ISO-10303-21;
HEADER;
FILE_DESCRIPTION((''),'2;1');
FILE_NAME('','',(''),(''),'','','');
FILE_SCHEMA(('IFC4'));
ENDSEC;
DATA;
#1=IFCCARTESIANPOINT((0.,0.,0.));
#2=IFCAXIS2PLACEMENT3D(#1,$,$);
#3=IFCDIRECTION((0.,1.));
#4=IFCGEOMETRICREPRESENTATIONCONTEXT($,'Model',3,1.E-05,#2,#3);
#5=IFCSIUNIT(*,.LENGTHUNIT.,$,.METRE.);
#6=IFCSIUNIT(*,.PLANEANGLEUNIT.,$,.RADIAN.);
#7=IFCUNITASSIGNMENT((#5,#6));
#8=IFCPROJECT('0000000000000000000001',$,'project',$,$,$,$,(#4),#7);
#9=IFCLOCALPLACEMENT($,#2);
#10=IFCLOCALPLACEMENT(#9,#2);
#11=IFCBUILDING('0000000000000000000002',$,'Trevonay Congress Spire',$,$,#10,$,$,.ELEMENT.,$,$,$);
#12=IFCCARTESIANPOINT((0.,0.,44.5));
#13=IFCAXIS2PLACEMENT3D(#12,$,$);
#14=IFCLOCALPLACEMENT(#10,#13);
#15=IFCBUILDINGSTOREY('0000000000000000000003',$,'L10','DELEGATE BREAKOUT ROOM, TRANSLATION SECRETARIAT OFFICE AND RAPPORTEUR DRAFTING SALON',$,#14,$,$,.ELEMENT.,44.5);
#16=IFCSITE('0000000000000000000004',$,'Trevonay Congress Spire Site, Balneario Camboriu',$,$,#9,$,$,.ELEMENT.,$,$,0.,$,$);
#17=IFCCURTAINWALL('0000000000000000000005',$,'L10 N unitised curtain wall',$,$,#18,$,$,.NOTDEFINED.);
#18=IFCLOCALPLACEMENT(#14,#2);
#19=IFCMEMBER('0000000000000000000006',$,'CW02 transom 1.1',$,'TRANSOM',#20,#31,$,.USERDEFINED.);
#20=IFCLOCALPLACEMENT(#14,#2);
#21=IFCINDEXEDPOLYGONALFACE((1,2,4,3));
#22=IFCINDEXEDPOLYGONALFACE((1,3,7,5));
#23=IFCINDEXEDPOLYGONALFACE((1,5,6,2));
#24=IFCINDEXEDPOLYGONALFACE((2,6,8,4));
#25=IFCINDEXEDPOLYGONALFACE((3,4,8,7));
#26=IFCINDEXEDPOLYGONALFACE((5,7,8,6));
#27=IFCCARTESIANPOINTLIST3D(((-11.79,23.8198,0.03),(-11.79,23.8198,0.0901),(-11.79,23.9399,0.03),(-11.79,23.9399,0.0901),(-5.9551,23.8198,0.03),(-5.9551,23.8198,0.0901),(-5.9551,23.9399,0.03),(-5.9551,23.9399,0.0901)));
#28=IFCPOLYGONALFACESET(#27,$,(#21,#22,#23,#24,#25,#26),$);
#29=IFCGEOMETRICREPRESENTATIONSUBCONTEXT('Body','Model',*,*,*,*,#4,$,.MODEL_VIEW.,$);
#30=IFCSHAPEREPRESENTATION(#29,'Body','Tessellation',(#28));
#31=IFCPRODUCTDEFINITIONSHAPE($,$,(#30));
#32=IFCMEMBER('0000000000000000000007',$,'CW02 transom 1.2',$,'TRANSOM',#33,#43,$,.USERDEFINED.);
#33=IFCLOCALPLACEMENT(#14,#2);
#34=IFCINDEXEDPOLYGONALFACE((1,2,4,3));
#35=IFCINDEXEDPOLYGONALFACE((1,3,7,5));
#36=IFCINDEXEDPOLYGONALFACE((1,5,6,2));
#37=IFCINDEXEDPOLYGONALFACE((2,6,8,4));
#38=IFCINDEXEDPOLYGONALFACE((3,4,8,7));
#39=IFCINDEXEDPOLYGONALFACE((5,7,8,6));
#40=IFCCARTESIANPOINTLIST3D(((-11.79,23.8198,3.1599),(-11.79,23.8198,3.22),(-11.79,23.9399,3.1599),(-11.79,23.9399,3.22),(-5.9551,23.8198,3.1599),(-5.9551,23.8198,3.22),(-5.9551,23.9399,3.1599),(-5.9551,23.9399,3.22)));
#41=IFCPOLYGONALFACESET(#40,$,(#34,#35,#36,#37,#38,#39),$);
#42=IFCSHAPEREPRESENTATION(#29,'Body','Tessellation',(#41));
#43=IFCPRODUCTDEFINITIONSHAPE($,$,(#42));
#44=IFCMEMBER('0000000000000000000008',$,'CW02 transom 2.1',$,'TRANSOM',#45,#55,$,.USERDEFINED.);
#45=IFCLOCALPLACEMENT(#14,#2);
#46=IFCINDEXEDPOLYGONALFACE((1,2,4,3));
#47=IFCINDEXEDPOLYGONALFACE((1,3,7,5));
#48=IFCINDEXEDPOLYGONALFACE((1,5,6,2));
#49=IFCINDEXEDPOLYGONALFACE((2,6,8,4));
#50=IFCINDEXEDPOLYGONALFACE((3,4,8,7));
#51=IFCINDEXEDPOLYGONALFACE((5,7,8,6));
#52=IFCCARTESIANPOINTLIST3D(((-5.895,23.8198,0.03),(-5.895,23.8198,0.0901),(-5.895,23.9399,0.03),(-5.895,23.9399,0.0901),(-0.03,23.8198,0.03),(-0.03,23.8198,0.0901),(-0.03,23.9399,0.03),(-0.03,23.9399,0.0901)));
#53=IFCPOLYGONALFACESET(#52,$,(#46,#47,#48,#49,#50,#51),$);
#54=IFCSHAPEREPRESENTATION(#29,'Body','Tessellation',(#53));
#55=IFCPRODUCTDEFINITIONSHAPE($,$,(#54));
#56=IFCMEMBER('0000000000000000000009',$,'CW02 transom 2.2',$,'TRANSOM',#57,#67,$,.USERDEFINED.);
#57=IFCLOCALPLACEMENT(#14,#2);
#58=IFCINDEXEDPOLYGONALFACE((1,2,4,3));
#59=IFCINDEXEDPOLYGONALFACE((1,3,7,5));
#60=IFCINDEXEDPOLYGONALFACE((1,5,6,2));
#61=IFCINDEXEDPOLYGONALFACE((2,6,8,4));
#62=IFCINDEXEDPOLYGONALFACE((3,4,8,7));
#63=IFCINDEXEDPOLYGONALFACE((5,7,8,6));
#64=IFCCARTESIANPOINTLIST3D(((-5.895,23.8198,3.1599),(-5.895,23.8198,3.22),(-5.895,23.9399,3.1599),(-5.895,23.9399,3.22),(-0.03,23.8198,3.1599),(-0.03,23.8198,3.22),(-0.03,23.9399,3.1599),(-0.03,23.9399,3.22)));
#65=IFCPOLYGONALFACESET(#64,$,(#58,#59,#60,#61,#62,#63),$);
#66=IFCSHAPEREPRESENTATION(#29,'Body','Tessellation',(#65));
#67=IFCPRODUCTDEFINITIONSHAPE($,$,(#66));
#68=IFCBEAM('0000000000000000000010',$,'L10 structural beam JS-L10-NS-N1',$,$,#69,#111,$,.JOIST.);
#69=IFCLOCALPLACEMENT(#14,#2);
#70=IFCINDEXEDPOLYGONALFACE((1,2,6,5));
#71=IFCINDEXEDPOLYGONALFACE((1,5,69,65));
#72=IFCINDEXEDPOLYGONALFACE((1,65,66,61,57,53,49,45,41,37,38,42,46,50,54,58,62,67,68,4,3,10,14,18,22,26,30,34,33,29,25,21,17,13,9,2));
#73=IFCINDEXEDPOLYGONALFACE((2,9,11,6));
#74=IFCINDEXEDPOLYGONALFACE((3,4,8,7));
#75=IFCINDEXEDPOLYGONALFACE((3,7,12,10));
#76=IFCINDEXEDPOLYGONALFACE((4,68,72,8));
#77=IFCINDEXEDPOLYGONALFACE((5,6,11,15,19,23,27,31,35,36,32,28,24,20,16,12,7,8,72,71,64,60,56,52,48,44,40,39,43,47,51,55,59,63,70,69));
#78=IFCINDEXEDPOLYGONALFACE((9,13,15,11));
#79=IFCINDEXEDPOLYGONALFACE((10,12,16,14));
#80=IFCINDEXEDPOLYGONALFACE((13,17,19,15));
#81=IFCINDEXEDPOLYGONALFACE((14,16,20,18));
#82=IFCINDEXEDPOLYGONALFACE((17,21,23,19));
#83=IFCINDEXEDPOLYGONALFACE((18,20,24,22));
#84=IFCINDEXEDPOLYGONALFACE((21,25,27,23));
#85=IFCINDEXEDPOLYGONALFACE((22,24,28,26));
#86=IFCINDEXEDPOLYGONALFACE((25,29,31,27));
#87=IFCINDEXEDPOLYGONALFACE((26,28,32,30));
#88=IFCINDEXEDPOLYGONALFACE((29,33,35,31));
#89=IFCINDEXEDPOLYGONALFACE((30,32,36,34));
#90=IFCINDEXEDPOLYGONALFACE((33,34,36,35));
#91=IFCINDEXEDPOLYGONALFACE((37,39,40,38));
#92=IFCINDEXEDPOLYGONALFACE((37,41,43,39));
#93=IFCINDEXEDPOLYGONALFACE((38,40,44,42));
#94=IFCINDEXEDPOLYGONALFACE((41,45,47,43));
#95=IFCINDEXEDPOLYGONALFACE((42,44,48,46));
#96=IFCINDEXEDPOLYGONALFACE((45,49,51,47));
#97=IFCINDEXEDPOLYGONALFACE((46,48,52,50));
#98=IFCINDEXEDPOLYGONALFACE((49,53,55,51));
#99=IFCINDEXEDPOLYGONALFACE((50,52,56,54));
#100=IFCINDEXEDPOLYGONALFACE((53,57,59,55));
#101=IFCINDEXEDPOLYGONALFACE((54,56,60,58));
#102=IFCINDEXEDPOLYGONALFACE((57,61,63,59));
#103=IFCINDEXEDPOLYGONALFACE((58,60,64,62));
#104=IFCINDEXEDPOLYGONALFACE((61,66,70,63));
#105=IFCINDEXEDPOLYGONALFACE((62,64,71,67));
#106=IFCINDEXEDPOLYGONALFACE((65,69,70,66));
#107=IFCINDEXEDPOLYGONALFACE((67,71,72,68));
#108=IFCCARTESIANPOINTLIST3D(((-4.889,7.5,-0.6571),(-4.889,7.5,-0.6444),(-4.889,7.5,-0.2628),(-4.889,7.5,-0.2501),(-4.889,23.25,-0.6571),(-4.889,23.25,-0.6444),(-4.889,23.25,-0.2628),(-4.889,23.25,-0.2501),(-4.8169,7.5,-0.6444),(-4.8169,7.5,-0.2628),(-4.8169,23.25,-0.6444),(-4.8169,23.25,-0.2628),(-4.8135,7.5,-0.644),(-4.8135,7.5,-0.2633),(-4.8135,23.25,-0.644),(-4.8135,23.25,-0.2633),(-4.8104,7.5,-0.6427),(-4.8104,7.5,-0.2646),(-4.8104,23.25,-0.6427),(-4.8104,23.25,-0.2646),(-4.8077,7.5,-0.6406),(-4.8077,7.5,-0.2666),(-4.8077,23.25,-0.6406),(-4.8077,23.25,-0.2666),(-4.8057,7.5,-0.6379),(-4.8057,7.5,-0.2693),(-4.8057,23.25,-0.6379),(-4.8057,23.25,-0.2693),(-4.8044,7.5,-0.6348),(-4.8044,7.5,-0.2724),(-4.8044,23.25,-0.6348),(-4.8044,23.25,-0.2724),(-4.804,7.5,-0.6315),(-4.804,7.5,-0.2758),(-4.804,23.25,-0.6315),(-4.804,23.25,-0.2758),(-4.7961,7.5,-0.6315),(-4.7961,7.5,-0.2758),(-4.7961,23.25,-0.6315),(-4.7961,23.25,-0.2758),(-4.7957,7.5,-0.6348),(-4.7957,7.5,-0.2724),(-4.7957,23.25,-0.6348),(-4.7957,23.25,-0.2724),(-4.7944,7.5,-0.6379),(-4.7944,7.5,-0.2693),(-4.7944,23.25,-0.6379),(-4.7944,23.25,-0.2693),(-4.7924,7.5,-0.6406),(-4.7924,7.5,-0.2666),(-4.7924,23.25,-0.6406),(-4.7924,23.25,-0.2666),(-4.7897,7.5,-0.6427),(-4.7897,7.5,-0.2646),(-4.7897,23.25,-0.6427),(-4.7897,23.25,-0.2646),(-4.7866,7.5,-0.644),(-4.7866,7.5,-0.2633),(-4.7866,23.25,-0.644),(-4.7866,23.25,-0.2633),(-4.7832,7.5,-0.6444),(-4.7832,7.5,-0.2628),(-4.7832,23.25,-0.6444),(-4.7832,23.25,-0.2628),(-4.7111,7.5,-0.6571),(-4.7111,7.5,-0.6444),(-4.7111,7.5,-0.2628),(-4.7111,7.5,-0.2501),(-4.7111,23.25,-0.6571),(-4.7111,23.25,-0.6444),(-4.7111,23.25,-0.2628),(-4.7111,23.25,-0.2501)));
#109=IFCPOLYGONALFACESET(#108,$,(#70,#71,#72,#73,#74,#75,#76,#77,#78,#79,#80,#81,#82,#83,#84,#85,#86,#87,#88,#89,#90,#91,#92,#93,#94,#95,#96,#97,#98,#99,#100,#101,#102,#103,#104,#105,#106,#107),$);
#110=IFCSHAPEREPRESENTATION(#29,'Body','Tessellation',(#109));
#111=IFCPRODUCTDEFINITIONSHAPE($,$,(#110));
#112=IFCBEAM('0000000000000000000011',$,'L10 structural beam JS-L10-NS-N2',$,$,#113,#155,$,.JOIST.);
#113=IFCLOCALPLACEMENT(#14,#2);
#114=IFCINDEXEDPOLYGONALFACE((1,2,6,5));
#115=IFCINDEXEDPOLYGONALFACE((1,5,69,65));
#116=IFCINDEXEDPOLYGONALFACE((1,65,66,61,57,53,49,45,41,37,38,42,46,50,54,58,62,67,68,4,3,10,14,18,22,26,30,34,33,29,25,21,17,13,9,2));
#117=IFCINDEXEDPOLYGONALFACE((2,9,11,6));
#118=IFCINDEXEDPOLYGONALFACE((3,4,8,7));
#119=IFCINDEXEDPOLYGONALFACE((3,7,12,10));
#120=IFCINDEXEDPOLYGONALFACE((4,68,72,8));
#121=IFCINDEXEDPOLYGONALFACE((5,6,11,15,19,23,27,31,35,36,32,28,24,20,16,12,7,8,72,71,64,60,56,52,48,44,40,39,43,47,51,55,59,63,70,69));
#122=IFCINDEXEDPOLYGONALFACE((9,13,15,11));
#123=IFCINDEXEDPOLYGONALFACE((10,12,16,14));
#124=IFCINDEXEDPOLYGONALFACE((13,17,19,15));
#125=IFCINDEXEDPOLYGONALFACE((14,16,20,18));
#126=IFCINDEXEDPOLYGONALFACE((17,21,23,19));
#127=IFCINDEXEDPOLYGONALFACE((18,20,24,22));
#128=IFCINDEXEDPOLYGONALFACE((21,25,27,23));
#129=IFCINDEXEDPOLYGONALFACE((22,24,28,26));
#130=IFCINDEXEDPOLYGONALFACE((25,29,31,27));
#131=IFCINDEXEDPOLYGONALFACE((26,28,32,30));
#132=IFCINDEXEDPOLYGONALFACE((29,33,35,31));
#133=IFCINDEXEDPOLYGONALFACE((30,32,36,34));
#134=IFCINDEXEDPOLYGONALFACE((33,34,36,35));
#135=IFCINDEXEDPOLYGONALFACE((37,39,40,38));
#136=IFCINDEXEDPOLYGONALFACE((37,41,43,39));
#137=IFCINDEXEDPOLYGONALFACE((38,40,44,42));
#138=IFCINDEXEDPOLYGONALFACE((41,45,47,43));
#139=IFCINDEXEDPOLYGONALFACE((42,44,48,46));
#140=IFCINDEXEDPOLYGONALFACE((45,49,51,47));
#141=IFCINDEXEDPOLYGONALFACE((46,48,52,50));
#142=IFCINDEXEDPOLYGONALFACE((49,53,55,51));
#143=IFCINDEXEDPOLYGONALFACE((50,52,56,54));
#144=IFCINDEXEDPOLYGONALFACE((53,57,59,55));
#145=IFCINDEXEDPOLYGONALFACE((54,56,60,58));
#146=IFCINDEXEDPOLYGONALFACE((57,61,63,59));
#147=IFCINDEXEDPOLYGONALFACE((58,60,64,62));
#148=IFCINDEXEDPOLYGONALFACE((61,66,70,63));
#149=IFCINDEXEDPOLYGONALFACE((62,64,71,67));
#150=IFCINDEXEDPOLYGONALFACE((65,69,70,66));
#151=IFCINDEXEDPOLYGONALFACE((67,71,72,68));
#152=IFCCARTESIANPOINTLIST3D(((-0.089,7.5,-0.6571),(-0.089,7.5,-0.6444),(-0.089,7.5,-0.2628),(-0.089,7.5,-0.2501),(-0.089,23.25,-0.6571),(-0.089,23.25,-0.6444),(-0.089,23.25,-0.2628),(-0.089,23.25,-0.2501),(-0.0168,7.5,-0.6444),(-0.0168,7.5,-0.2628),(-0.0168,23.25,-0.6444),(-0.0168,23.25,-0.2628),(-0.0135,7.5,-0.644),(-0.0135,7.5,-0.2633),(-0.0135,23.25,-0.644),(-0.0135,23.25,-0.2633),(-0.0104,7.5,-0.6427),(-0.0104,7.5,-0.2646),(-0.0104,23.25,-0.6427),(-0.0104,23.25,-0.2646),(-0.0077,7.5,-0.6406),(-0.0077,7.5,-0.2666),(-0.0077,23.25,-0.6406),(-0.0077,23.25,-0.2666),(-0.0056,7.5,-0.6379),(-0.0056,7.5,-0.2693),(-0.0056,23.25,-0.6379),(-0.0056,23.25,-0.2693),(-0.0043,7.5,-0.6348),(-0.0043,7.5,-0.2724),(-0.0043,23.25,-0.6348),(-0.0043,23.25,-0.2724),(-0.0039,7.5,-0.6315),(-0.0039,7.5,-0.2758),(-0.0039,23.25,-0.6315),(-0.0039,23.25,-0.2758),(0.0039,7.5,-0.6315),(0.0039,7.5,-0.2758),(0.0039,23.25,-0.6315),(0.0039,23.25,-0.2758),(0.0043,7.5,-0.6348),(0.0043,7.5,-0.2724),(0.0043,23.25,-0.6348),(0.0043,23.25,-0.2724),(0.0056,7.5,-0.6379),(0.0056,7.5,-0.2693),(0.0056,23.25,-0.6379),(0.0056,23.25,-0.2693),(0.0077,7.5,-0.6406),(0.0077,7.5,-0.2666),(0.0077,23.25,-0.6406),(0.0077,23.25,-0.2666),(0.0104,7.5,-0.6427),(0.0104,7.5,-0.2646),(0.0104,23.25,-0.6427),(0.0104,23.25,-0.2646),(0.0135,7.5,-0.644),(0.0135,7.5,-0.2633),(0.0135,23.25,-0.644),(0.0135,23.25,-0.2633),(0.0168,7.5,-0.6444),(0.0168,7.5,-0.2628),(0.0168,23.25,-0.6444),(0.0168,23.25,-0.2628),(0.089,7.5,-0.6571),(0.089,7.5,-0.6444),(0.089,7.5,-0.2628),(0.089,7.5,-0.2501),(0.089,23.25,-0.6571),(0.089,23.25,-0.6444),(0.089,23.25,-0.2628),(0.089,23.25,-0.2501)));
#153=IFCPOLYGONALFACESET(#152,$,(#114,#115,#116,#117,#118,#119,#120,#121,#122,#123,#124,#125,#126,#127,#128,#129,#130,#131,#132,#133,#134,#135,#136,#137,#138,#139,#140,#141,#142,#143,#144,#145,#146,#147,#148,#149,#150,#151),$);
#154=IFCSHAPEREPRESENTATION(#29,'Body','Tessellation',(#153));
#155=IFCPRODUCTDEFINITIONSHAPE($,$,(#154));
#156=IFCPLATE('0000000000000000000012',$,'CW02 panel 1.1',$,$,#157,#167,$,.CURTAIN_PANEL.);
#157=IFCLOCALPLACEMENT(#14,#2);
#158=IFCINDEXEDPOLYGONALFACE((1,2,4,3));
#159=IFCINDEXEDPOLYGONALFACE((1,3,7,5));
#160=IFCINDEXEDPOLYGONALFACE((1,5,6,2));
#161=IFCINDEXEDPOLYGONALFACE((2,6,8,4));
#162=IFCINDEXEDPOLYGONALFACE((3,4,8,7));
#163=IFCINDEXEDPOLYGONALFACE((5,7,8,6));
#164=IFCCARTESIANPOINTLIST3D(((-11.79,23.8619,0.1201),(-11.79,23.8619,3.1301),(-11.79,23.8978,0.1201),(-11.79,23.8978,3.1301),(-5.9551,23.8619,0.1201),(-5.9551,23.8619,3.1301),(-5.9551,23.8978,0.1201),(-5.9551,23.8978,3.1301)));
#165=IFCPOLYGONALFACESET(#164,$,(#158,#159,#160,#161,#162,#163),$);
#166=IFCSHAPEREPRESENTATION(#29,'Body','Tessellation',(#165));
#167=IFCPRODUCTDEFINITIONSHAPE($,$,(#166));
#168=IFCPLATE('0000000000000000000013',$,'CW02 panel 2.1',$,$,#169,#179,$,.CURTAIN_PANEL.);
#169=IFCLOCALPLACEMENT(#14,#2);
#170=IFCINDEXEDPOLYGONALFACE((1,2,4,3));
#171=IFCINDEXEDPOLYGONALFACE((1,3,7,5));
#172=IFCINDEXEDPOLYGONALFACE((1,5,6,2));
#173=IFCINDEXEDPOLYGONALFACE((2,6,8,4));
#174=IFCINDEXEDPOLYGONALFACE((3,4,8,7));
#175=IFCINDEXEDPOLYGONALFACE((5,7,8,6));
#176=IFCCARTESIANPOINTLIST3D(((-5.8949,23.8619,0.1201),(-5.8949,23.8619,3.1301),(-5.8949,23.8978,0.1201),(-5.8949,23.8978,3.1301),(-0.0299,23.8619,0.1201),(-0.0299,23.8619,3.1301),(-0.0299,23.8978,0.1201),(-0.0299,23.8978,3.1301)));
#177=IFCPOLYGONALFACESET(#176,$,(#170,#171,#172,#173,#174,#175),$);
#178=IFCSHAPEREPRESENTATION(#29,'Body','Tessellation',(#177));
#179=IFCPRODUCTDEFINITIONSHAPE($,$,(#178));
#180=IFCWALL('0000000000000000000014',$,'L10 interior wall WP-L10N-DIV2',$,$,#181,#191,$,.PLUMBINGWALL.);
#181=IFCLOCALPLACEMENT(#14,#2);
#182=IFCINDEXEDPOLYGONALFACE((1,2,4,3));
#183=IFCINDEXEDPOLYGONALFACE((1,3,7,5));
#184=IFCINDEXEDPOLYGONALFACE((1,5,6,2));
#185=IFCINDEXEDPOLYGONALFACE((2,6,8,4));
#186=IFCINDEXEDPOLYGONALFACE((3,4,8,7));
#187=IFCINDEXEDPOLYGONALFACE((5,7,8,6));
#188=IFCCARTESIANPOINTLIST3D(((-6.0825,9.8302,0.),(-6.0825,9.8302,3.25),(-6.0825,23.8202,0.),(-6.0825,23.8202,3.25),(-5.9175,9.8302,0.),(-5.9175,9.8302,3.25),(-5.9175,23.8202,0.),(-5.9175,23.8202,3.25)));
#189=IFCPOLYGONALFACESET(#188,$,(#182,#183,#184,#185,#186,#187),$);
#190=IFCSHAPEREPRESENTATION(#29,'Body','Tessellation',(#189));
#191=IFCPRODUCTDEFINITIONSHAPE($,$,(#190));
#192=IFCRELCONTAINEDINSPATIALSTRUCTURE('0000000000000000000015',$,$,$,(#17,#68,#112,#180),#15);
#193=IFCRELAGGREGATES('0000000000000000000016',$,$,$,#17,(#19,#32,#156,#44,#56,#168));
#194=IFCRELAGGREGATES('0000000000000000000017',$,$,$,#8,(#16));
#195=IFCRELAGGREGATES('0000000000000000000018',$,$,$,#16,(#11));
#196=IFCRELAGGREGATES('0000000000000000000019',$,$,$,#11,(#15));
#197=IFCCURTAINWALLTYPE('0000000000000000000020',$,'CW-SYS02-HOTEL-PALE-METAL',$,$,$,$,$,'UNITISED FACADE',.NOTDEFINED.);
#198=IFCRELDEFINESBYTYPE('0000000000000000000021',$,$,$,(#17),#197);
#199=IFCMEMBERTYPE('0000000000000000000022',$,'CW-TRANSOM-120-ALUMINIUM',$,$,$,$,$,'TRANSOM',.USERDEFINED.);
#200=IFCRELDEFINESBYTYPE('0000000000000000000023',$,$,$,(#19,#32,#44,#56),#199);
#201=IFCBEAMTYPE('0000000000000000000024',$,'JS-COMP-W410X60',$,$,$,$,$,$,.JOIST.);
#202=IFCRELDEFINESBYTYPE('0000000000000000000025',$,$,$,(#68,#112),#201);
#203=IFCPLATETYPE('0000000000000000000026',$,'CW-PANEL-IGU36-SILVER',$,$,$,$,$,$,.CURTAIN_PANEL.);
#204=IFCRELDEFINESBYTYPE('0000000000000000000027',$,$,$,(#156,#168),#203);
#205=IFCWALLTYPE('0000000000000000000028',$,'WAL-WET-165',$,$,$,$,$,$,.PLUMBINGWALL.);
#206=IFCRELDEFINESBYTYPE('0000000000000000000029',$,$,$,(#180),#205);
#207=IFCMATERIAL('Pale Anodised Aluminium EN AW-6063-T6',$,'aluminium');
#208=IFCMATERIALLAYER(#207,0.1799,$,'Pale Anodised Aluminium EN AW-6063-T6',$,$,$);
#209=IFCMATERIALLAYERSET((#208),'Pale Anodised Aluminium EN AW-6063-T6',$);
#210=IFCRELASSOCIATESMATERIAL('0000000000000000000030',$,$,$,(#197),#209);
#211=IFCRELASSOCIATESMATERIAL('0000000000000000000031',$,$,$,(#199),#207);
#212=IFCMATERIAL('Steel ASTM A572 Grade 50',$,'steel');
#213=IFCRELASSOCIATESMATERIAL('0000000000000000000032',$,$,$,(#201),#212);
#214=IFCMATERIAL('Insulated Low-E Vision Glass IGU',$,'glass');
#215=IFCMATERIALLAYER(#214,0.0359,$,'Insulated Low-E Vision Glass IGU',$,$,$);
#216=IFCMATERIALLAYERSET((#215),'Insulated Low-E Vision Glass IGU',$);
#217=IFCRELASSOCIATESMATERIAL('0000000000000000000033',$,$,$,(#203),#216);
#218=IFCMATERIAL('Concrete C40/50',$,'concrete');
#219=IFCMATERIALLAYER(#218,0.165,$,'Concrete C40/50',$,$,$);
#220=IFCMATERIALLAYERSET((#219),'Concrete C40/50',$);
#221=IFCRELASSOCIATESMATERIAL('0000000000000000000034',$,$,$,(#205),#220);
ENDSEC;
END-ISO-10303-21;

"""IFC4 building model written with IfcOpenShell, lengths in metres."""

from ifc_helpers import new_model, si_unit, direction, frame, frame_2d, origin, origin_2d, place, context, subcontext, project, spatial, rectangle, i_section, extrude, material, layer, layer_set, material_profile, profile_set, type_object, element, aggregate, save


model = new_model("IFC4")

# Units and contexts
model_context = context("Model", 3, precision=1e-05, world=origin(), true_north=direction((0.0, 1.0)))
body_context = subcontext(model_context, "Body", "Model", "MODEL_VIEW")
ifc_project = project(units=[si_unit("LENGTHUNIT", "METRE"), si_unit("PLANEANGLEUNIT", "RADIAN")], contexts=[model_context])

# Site, building, storey
site_placement = place(None, origin())
site = spatial("IfcSite", under=ifc_project, at=site_placement, Name="Trevonay Congress Spire Site, Balneario Camboriu", CompositionType="ELEMENT", RefElevation=0.0)
building_placement = place(site_placement, origin())
building = spatial("IfcBuilding", under=site, at=building_placement, Name="Trevonay Congress Spire", CompositionType="ELEMENT")
storey_placement = place(building_placement, frame((0.0, 0.0, 44.5)))
storey = spatial("IfcBuildingStorey", under=building, at=storey_placement, Name="L10", Description="DELEGATE BREAKOUT ROOM, TRANSLATION SECRETARIAT OFFICE AND RAPPORTEUR DRAFTING SALON", CompositionType="ELEMENT", Elevation=44.5)

# Shared definitions
ifc_material_1 = material(Name="Steel ASTM A572 Grade 50", Category="steel")

# Curtain wall, members
ifc_material_2 = material(Name="Pale Anodised Aluminium EN AW-6063-T6", Category="aluminium")
ifc_layer_1 = layer(ifc_material_2, 0.1799, Name="Pale Anodised Aluminium EN AW-6063-T6")
ifc_layer_set_1 = layer_set([ifc_layer_1], Name="Pale Anodised Aluminium EN AW-6063-T6")
curtain_wall_type = type_object("IfcCurtainWallType", Name="CW-SYS02-HOTEL-PALE-METAL", ElementType="UNITISED FACADE", PredefinedType="NOTDEFINED", material=ifc_layer_set_1)
curtain_wall_placement = place(storey_placement, origin())
curtain_wall = element("IfcCurtainWall", 1, at=curtain_wall_placement, inside=storey, type_object=curtain_wall_type, Name="L10 N unitised curtain wall", PredefinedType="NOTDEFINED")
ifc_material_profile_1 = material_profile(ifc_material_2, rectangle(XDim=0.1201, YDim=0.0601, at=origin_2d()), Name="CW-TRANSOM-120-ALUMINIUM")
ifc_profile_set_1 = profile_set([ifc_material_profile_1], Name="Pale Anodised Aluminium EN AW-6063-T6")
member_type_1 = type_object("IfcMemberType", Name="CW-TRANSOM-120-ALUMINIUM", ElementType="TRANSOM", PredefinedType="USERDEFINED", material=ifc_profile_set_1)
member_1_placement = place(storey_placement, frame((-11.79, 23.8799, 0.0601), z_axis=(1.0, 0.0, 0.0), x_axis=(0.0, 1.0, 0.0)))
member_1 = element("IfcMember", 2, at=member_1_placement, type_object=member_type_1, Name="CW02 transom 1.1", ObjectType="TRANSOM", PredefinedType="USERDEFINED", context=body_context, shape_type="SweptSolid", body=[
    extrude(rectangle(XDim=0.1201, YDim=0.0601, at=origin_2d()), origin(), (0.0, 0.0, 1.0), 5.835),
])
member_2_placement = place(storey_placement, frame((-11.79, 23.8799, 3.1899), z_axis=(1.0, 0.0, 0.0), x_axis=(0.0, 1.0, 0.0)))
member_2 = element("IfcMember", 3, at=member_2_placement, type_object=member_type_1, Name="CW02 transom 1.2", ObjectType="TRANSOM", PredefinedType="USERDEFINED", context=body_context, shape_type="SweptSolid", body=[
    extrude(rectangle(XDim=0.1201, YDim=0.0601, at=origin_2d()), origin(), (0.0, 0.0, 1.0), 5.835),
])
member_3_placement = place(storey_placement, frame((-5.895, 23.8799, 0.0601), z_axis=(1.0, 0.0, 0.0), x_axis=(0.0, 1.0, 0.0)))
member_3 = element("IfcMember", 4, at=member_3_placement, type_object=member_type_1, Name="CW02 transom 2.1", ObjectType="TRANSOM", PredefinedType="USERDEFINED", context=body_context, shape_type="SweptSolid", body=[
    extrude(rectangle(XDim=0.1201, YDim=0.0601, at=origin_2d()), origin(), (0.0, 0.0, 1.0), 5.865),
])
member_4_placement = place(storey_placement, frame((-5.895, 23.8799, 3.1899), z_axis=(1.0, 0.0, 0.0), x_axis=(0.0, 1.0, 0.0)))
member_4 = element("IfcMember", 5, at=member_4_placement, type_object=member_type_1, Name="CW02 transom 2.2", ObjectType="TRANSOM", PredefinedType="USERDEFINED", context=body_context, shape_type="SweptSolid", body=[
    extrude(rectangle(XDim=0.1201, YDim=0.0601, at=origin_2d()), origin(), (0.0, 0.0, 1.0), 5.865),
])

# Beams
ifc_material_profile_2 = material_profile(ifc_material_1, i_section(OverallWidth=0.178, OverallDepth=0.407, WebThickness=0.0078, FlangeThickness=0.0127, FilletRadius=0.0129, at=origin_2d()), Name="W410x60")
ifc_profile_set_2 = profile_set([ifc_material_profile_2], Name="Steel ASTM A572 Grade 50")
beam_type_1 = type_object("IfcBeamType", Name="JS-COMP-W410X60", PredefinedType="JOIST", material=ifc_profile_set_2)
for number, where, z_axis, x_axis, name in (
    (6, (-4.8, 7.5, -0.4536), (0.0, 1.0, 0.0), (-1.0, 0.0, 0.0), "L10 structural beam JS-L10-NS-N1"),
    (7, (0.0, 7.5, -0.4536), (0.0, 1.0, 0.0), (-1.0, 0.0, 0.0), "L10 structural beam JS-L10-NS-N2"),
):
    element("IfcBeam", number, at=place(storey_placement, frame(where, z_axis=z_axis, x_axis=x_axis)), inside=storey, type_object=beam_type_1, Name=name, PredefinedType="JOIST", context=body_context, shape_type="SweptSolid", body=[
        extrude(i_section(OverallWidth=0.178, OverallDepth=0.407, WebThickness=0.0078, FlangeThickness=0.0127, FilletRadius=0.0129, at=origin_2d()), origin(), (0.0, 0.0, 1.0), 15.75),
    ])

# Plates
ifc_material_3 = material(Name="Insulated Low-E Vision Glass IGU", Category="glass")
ifc_layer_2 = layer(ifc_material_3, 0.0359, Name="Insulated Low-E Vision Glass IGU")
ifc_layer_set_2 = layer_set([ifc_layer_2], Name="Insulated Low-E Vision Glass IGU")
plate_type = type_object("IfcPlateType", Name="CW-PANEL-IGU36-SILVER", PredefinedType="CURTAIN_PANEL", material=ifc_layer_set_2)
plate_1_placement = place(storey_placement, frame((-8.8726, 23.8799, 0.1201), z_axis=(0.0, 0.0, 1.0), x_axis=(1.0, 0.0, 0.0)))
plate_1 = element("IfcPlate", 8, at=plate_1_placement, type_object=plate_type, Name="CW02 panel 1.1", PredefinedType="CURTAIN_PANEL", context=body_context, shape_type="SweptSolid", body=[
    extrude(rectangle(XDim=5.835, YDim=0.0359, at=origin_2d()), origin(), (0.0, 0.0, 1.0), 3.01),
])
plate_2_placement = place(storey_placement, frame((-2.9624, 23.8799, 0.1201), z_axis=(0.0, 0.0, 1.0), x_axis=(1.0, 0.0, 0.0)))
plate_2 = element("IfcPlate", 9, at=plate_2_placement, type_object=plate_type, Name="CW02 panel 2.1", PredefinedType="CURTAIN_PANEL", context=body_context, shape_type="SweptSolid", body=[
    extrude(rectangle(XDim=5.865, YDim=0.0359, at=origin_2d()), origin(), (0.0, 0.0, 1.0), 3.01),
])
aggregate(curtain_wall, [member_1, member_2, plate_1, member_3, member_4, plate_2])

# Wall
ifc_material_4 = material(Name="Concrete C40/50", Category="concrete")
ifc_layer_3 = layer(ifc_material_4, 0.165, Name="Concrete C40/50")
ifc_layer_set_3 = layer_set([ifc_layer_3], Name="Concrete C40/50")
wall_type = type_object("IfcWallType", Name="WAL-WET-165", PredefinedType="PLUMBINGWALL", material=ifc_layer_set_3)
wall_placement = place(storey_placement, frame((-6.0, 9.8301, 0.0), z_axis=(0.0, 0.0, 1.0), x_axis=(0.0, 1.0, 0.0)))
element("IfcWall", 10, at=wall_placement, inside=storey, type_object=wall_type, Name="L10 interior wall WP-L10N-DIV2", PredefinedType="PLUMBINGWALL", context=body_context, shape_type="SweptSolid", body=[
    extrude(rectangle(XDim=13.99, YDim=0.165, at=frame_2d((6.9951, 0.0))), origin(), (0.0, 0.0, 1.0), 3.25),
])

save(model, "model.ifc")
